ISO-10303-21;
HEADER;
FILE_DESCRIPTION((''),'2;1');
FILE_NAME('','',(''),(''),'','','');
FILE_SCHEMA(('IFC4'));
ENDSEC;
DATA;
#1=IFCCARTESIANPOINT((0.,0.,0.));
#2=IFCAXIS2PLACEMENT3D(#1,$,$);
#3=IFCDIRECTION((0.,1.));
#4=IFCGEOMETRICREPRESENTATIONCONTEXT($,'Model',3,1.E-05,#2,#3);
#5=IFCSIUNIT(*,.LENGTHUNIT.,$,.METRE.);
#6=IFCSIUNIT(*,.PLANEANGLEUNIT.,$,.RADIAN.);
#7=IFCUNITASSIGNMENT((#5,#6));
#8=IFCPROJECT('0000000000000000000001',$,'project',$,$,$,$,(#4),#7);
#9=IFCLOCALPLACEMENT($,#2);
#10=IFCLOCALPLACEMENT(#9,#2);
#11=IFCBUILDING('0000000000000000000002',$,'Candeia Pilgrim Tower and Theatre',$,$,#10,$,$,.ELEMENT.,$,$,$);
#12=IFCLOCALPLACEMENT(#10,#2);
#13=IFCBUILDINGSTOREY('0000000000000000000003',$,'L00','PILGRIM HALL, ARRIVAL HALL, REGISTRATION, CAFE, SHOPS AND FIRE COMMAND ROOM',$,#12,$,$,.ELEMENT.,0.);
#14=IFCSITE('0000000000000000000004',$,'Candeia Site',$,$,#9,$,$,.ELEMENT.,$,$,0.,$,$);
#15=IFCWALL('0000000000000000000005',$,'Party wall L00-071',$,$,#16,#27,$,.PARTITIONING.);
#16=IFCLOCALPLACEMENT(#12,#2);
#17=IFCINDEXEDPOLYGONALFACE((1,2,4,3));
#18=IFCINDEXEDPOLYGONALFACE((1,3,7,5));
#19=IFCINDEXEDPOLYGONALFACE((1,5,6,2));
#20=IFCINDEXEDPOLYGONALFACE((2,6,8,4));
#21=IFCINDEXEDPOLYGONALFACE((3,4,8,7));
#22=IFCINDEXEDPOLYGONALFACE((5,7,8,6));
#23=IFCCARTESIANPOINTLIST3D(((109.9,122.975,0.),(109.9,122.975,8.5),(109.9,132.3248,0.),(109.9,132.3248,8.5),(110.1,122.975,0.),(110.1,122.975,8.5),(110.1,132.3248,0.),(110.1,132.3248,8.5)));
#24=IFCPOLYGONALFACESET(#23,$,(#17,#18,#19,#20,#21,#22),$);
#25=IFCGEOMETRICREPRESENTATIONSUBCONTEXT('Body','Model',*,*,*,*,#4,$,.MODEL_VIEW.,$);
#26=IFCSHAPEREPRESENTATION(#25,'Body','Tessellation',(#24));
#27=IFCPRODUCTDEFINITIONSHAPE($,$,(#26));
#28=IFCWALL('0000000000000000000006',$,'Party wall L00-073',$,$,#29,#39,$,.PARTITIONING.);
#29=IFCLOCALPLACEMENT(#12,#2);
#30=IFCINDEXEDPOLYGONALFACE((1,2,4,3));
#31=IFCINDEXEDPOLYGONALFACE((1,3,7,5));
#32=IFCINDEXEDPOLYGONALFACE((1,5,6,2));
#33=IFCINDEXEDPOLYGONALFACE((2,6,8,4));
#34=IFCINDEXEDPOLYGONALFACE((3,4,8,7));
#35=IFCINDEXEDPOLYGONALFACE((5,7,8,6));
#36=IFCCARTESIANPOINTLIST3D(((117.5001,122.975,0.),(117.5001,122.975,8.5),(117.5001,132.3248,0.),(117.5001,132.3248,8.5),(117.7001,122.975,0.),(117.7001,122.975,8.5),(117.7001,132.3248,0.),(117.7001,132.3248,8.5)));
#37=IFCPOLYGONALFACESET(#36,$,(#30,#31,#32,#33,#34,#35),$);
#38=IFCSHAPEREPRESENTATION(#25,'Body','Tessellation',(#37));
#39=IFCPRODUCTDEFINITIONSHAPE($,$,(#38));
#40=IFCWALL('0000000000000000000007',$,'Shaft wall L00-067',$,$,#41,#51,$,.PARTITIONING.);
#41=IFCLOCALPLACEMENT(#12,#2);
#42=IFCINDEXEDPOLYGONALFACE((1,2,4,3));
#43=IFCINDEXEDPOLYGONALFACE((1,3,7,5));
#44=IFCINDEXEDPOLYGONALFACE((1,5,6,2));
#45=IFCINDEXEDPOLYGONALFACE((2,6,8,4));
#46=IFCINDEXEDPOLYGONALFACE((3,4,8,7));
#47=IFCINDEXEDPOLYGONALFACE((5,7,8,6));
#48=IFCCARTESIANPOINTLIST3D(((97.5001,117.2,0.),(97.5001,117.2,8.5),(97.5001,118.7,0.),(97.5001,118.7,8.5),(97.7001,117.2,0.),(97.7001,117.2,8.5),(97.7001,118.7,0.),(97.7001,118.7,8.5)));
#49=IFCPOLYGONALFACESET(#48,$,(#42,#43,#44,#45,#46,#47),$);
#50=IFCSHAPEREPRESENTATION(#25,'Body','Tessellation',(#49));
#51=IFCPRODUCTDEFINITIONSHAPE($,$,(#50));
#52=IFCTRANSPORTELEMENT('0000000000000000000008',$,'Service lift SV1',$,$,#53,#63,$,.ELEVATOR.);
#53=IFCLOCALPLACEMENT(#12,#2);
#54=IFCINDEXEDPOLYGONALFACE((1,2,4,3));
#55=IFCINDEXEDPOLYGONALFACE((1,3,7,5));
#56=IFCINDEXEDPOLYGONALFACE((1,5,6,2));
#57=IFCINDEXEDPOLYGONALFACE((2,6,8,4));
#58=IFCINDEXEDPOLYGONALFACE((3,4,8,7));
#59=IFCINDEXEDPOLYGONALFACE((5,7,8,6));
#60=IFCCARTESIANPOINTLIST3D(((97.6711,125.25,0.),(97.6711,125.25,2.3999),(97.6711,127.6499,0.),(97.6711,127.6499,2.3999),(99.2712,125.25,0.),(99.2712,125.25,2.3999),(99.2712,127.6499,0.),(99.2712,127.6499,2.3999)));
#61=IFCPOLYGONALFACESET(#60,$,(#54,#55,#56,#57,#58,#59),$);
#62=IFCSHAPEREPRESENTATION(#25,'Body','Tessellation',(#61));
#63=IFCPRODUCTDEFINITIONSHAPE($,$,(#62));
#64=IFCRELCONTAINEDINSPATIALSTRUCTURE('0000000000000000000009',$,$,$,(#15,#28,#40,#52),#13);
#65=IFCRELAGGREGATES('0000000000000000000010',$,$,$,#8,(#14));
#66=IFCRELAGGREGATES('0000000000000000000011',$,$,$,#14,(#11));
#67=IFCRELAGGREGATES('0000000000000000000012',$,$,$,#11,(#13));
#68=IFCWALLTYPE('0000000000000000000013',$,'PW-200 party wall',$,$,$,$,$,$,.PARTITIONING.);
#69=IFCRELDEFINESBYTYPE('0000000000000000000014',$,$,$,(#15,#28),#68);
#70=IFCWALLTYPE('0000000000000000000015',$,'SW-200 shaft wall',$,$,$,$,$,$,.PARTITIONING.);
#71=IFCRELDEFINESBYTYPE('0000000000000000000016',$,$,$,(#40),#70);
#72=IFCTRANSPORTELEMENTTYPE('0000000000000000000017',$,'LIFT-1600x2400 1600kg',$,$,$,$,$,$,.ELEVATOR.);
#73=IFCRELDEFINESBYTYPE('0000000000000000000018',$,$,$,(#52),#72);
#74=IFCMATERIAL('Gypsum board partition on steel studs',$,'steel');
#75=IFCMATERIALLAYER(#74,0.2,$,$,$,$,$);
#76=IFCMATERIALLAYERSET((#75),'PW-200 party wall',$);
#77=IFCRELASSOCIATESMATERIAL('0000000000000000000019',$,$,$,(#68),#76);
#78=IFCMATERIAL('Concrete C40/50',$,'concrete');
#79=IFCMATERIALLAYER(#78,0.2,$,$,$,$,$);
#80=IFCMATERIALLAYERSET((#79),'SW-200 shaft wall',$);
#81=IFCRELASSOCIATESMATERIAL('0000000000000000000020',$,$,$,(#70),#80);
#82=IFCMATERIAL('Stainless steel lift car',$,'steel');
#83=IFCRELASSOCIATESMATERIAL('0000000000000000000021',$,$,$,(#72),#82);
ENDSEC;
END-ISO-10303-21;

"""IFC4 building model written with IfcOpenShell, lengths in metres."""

from ifc_helpers import new_model, si_unit, direction, frame, frame_2d, origin, origin_2d, place, context, subcontext, project, spatial, rectangle, extrude, material, layer, layer_set, type_object, element, save


model = new_model("IFC4")

# Units and contexts
model_context = context("Model", 3, precision=1e-05, world=origin(), true_north=direction((0.0, 1.0)))
body_context = subcontext(model_context, "Body", "Model", "MODEL_VIEW")
ifc_project = project(units=[si_unit("LENGTHUNIT", "METRE"), si_unit("PLANEANGLEUNIT", "RADIAN")], contexts=[model_context])

# Site, building, storey
site_placement = place(None, origin())
site = spatial("IfcSite", under=ifc_project, at=site_placement, Name="Candeia Site", CompositionType="ELEMENT", RefElevation=0.0)
building_placement = place(site_placement, origin())
building = spatial("IfcBuilding", under=site, at=building_placement, Name="Candeia Pilgrim Tower and Theatre", CompositionType="ELEMENT")
storey_placement = place(building_placement, origin())
storey = spatial("IfcBuildingStorey", under=building, at=storey_placement, Name="L00", Description="PILGRIM HALL, ARRIVAL HALL, REGISTRATION, CAFE, SHOPS AND FIRE COMMAND ROOM", CompositionType="ELEMENT", Elevation=0.0)

# Shared definitions
ifc_material_1 = material(Name="Concrete C40/50", Category="concrete")

# Shared definitions
ifc_material_2 = material(Name="Gypsum board partition on steel studs", Category="steel")

# Walls
ifc_layer_1 = layer(ifc_material_2, 0.2)
ifc_layer_set_1 = layer_set([ifc_layer_1], Name="PW-200 party wall")
wall_type_1 = type_object("IfcWallType", Name="PW-200 party wall", PredefinedType="PARTITIONING", material=ifc_layer_set_1)
for number, where, z_axis, x_axis, name in (
    (1, (110.0, 122.9751, 0.0), (0.0, 0.0, 1.0), (0.0, 1.0, 0.0), "Party wall L00-071"),
    (2, (117.6001, 122.9751, 0.0), (0.0, 0.0, 1.0), (0.0, 1.0, 0.0), "Party wall L00-073"),
):
    element("IfcWall", number, at=place(storey_placement, frame(where, z_axis=z_axis, x_axis=x_axis)), inside=storey, type_object=wall_type_1, Name=name, PredefinedType="PARTITIONING", context=body_context, shape_type="SweptSolid", body=[
        extrude(rectangle(XDim=9.3499, YDim=0.2, at=frame_2d((4.6748, 0.0))), origin(), (0.0, 0.0, 1.0), 8.5),
    ])
ifc_layer_2 = layer(ifc_material_1, 0.2)
ifc_layer_set_2 = layer_set([ifc_layer_2], Name="SW-200 shaft wall")
wall_type_2 = type_object("IfcWallType", Name="SW-200 shaft wall", PredefinedType="PARTITIONING", material=ifc_layer_set_2)
wall_1_placement = place(storey_placement, frame((97.6001, 117.2, 0.0), z_axis=(0.0, 0.0, 1.0), x_axis=(0.0, 1.0, 0.0)))
element("IfcWall", 3, at=wall_1_placement, inside=storey, type_object=wall_type_2, Name="Shaft wall L00-067", PredefinedType="PARTITIONING", context=body_context, shape_type="SweptSolid", body=[
    extrude(rectangle(XDim=1.5, YDim=0.2, at=frame_2d((0.75, 0.0))), origin(), (0.0, 0.0, 1.0), 8.5),
])

# Transport element
ifc_material_3 = material(Name="Stainless steel lift car", Category="steel")
transport_element_type = type_object("IfcTransportElementType", Name="LIFT-1600x2400 1600kg", PredefinedType="ELEVATOR", material=ifc_material_3)
transport_element_placement = place(storey_placement, frame((98.4712, 126.45, 0.0), z_axis=(0.0, 0.0, 1.0), x_axis=(1.0, 0.0, 0.0)))
element("IfcTransportElement", 4, at=transport_element_placement, inside=storey, type_object=transport_element_type, Name="Service lift SV1", PredefinedType="ELEVATOR", context=body_context, shape_type="SweptSolid", body=[
    extrude(rectangle(XDim=1.6001, YDim=2.3999, at=origin_2d()), origin(), (0.0, 0.0, 1.0), 2.3999),
])

save(model, "model.ifc")
